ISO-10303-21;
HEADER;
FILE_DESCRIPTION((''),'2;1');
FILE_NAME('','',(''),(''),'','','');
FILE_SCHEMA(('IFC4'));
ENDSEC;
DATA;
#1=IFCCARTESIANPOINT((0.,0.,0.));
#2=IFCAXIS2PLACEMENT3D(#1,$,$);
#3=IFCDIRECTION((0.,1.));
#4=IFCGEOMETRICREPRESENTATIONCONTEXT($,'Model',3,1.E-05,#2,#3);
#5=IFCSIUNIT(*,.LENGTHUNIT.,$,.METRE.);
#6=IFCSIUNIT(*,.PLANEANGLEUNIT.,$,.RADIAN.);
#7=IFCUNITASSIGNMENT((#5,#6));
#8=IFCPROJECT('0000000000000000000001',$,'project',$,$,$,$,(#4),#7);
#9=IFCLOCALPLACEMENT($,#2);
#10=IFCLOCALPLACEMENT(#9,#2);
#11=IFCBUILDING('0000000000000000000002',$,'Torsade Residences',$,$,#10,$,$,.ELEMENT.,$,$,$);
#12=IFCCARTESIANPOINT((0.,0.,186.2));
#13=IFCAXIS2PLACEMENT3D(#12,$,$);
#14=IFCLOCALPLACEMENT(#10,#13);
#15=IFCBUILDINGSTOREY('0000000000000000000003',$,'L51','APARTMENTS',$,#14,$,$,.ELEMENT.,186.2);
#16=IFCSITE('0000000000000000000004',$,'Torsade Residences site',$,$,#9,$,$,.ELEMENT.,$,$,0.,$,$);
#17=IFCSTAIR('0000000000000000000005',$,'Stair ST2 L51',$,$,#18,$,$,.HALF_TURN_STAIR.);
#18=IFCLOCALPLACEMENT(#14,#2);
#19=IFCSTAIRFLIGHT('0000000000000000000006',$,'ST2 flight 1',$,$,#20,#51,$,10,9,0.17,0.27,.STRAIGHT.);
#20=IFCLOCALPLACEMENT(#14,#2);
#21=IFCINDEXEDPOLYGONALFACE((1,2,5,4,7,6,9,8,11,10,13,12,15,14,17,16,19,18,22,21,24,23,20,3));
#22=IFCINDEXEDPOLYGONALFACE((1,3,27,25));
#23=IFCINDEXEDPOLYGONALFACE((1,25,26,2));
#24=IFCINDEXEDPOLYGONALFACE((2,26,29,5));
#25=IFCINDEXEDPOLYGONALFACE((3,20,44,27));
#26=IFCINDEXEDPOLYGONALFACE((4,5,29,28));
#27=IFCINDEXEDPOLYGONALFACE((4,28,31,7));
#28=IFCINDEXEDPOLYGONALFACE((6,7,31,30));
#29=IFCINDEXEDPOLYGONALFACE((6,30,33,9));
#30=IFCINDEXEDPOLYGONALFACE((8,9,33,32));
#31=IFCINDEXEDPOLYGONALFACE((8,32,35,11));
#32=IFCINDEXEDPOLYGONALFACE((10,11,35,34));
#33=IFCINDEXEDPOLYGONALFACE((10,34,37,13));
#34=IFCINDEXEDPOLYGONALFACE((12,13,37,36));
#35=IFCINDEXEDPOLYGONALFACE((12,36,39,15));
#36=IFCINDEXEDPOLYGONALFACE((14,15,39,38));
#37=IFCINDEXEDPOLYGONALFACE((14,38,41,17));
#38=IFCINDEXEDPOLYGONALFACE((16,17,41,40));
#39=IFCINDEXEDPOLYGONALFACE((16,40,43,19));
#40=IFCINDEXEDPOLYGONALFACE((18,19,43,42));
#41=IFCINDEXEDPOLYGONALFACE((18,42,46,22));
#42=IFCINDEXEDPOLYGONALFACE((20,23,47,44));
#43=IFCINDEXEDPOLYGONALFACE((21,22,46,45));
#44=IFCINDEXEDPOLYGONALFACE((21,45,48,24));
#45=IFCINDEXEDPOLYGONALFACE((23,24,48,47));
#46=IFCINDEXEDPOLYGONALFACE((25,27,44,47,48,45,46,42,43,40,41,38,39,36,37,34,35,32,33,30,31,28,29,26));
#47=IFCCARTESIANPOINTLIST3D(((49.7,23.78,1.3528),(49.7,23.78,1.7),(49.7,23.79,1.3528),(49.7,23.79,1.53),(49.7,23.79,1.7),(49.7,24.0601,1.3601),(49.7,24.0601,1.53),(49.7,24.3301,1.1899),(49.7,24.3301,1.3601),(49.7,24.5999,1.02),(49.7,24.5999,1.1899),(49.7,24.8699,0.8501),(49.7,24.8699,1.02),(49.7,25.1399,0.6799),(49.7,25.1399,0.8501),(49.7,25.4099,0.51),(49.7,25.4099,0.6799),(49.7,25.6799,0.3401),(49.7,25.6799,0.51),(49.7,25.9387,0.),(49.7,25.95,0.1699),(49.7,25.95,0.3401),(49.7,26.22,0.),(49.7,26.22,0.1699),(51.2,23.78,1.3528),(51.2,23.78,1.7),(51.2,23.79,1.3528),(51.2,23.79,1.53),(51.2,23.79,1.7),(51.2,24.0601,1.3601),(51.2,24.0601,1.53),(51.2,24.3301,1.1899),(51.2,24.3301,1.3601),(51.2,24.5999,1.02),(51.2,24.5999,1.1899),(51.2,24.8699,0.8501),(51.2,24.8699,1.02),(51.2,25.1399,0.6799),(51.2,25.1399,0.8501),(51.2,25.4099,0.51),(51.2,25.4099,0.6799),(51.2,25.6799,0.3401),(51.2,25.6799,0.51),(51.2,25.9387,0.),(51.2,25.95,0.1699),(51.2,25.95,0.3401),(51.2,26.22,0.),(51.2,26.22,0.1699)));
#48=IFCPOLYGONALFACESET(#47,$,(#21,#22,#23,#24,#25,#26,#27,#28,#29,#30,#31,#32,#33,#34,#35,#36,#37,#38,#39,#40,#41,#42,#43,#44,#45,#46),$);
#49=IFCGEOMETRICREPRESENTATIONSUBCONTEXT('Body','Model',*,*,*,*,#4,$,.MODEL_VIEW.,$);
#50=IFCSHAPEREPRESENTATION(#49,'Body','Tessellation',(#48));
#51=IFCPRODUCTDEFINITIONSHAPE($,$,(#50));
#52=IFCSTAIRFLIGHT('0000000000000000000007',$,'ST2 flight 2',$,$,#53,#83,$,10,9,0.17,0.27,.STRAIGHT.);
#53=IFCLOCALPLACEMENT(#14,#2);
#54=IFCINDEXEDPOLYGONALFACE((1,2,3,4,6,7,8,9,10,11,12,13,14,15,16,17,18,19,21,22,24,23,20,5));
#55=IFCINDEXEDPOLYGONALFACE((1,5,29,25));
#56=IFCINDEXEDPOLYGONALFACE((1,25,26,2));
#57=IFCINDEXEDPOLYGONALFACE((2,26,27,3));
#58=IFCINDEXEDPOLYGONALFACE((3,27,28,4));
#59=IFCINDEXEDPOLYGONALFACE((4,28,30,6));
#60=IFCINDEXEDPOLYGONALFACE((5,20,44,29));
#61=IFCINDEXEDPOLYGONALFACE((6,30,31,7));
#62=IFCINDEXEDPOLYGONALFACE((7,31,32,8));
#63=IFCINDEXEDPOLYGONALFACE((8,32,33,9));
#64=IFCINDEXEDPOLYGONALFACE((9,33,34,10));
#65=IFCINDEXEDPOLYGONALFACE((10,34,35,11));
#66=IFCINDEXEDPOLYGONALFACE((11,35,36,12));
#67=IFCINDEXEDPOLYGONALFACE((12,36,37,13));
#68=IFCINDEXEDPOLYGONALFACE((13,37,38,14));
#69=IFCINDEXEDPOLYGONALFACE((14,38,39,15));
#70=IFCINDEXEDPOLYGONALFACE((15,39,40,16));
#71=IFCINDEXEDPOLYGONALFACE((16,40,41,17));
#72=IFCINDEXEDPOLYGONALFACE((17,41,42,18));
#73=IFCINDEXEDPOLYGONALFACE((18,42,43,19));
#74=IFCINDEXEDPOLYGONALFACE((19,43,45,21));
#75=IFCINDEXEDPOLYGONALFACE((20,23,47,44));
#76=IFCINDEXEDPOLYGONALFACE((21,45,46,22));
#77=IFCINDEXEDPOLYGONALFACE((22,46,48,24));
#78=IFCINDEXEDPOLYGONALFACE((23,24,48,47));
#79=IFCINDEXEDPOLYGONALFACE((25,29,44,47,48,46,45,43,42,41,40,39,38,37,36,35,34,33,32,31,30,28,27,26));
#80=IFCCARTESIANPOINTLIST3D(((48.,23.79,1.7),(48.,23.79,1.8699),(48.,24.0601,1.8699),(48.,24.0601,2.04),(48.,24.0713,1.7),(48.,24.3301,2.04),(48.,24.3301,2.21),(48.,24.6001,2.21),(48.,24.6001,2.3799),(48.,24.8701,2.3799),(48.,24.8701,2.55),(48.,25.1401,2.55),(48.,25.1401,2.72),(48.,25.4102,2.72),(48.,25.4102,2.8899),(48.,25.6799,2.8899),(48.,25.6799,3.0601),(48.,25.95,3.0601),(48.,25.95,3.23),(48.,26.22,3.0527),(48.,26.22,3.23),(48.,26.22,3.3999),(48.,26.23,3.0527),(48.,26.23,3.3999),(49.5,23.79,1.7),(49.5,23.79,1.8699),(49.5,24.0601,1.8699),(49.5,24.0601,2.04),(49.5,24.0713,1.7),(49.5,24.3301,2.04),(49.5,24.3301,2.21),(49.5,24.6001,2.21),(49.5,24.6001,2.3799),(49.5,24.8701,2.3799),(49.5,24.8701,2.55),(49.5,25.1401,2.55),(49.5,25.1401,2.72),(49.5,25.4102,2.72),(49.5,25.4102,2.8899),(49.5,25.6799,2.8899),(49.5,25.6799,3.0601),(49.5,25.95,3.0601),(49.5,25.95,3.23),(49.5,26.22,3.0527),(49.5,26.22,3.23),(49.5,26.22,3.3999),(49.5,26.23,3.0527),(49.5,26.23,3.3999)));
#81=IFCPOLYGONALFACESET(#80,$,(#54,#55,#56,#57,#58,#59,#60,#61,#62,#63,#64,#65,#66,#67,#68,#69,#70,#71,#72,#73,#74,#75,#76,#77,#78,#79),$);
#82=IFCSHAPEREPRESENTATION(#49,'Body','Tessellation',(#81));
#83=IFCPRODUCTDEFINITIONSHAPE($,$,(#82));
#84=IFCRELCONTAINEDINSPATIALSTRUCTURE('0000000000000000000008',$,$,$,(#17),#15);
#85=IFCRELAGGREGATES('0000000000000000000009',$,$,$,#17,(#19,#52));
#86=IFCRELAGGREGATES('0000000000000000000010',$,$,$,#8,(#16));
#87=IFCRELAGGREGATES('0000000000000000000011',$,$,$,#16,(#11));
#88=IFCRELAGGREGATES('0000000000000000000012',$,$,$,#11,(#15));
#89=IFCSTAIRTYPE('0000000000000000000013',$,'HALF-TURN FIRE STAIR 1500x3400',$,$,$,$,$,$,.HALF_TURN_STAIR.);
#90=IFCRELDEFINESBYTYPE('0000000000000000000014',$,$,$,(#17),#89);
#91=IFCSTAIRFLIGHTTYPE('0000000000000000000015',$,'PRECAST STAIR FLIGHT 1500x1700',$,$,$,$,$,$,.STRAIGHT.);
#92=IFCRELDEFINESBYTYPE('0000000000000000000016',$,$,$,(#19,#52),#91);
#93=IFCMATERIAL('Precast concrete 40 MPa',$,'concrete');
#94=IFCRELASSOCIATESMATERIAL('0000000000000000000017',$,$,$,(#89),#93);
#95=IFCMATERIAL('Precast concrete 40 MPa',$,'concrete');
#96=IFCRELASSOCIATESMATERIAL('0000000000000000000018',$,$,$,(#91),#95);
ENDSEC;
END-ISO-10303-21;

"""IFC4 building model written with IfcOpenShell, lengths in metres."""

from ifc_helpers import new_model, si_unit, direction, frame, origin, place, context, subcontext, project, spatial, polyline, outline, extrude, material, type_object, element, aggregate, save


model = new_model("IFC4")

# Units and contexts
model_context = context("Model", 3, precision=1e-05, world=origin(), true_north=direction((0.0, 1.0)))
body_context = subcontext(model_context, "Body", "Model", "MODEL_VIEW")
ifc_project = project(units=[si_unit("LENGTHUNIT", "METRE"), si_unit("PLANEANGLEUNIT", "RADIAN")], contexts=[model_context])

# Site, building, storey
site_placement = place(None, origin())
site = spatial("IfcSite", under=ifc_project, at=site_placement, Name="Torsade Residences site", CompositionType="ELEMENT", RefElevation=0.0)
building_placement = place(site_placement, origin())
building = spatial("IfcBuilding", under=site, at=building_placement, Name="Torsade Residences", CompositionType="ELEMENT")
storey_placement = place(building_placement, frame((0.0, 0.0, 186.2)))
storey = spatial("IfcBuildingStorey", under=building, at=storey_placement, Name="L51", Description="APARTMENTS", CompositionType="ELEMENT", Elevation=186.2)

# Stair, stair flights
ifc_material_1 = material(Name="Precast concrete 40 MPa", Category="concrete")
stair_type = type_object("IfcStairType", Name="HALF-TURN FIRE STAIR 1500x3400", PredefinedType="HALF_TURN_STAIR", material=ifc_material_1)
stair_placement = place(storey_placement, origin())
stair = element("IfcStair", 1, at=stair_placement, inside=storey, type_object=stair_type, Name="Stair ST2 L51", PredefinedType="HALF_TURN_STAIR")
ifc_material_2 = material(Name="Precast concrete 40 MPa", Category="concrete")
stair_flight_type = type_object("IfcStairFlightType", Name="PRECAST STAIR FLIGHT 1500x1700", PredefinedType="STRAIGHT", material=ifc_material_2)
stair_flight_1_placement = place(storey_placement, frame((50.45, 26.22, 0.0), z_axis=(0.0, 0.0, 1.0), x_axis=(0.0, -1.0, 0.0)))
stair_flight_1 = element("IfcStairFlight", 2, at=stair_flight_1_placement, type_object=stair_flight_type, Name="ST2 flight 1", NumberOfRisers=10, NumberOfTreads=9, PredefinedType="STRAIGHT", RiserHeight=0.17, TreadLength=0.27, context=body_context, shape_type="SweptSolid", body=[
    extrude(outline(polyline([(0.0, 0.0), (0.0, 0.1699), (0.27, 0.1699), (0.27, 0.3401), (0.54, 0.3401), (0.54, 0.51), (0.8101, 0.51), (0.8101, 0.6799), (1.0801, 0.6799), (1.0801, 0.8501), (1.3501, 0.8501), (1.3501, 1.02), (1.6201, 1.02), (1.6201, 1.1899), (1.8899, 1.1899), (1.8899, 1.3601), (2.1599, 1.3601), (2.1599, 1.53), (2.4299, 1.53), (2.4299, 1.7), (2.4399, 1.7), (2.4399, 1.3528), (2.4299, 1.3528), (0.2812, 0.0), (0.0, 0.0)])), frame((0.0, 0.75, 0.0), z_axis=(0.0, -1.0, 0.0), x_axis=(1.0, 0.0, 0.0)), (0.0, 0.0, 1.0), 1.5),
])
stair_flight_2_placement = place(storey_placement, frame((48.75, 23.79, 1.7), z_axis=(0.0, 0.0, 1.0), x_axis=(0.0, 1.0, 0.0)))
stair_flight_2 = element("IfcStairFlight", 3, at=stair_flight_2_placement, type_object=stair_flight_type, Name="ST2 flight 2", NumberOfRisers=10, NumberOfTreads=9, PredefinedType="STRAIGHT", RiserHeight=0.17, TreadLength=0.27, context=body_context, shape_type="SweptSolid", body=[
    extrude(outline(polyline([(0.0, 0.0), (0.0, 0.1699), (0.27, 0.1699), (0.27, 0.3401), (0.54, 0.3401), (0.54, 0.51), (0.8101, 0.51), (0.8101, 0.6799), (1.0801, 0.6799), (1.0801, 0.8501), (1.3501, 0.8501), (1.3501, 1.02), (1.6201, 1.02), (1.6201, 1.1899), (1.8899, 1.1899), (1.8899, 1.3601), (2.1599, 1.3601), (2.1599, 1.53), (2.4299, 1.53), (2.4299, 1.7), (2.4399, 1.7), (2.4399, 1.3528), (2.4299, 1.3528), (0.2812, 0.0), (0.0, 0.0)])), frame((0.0, 0.75, 0.0), z_axis=(0.0, -1.0, 0.0), x_axis=(1.0, 0.0, 0.0)), (0.0, 0.0, 1.0), 1.5),
])
aggregate(stair, [stair_flight_1, stair_flight_2])

save(model, "model.ifc")
